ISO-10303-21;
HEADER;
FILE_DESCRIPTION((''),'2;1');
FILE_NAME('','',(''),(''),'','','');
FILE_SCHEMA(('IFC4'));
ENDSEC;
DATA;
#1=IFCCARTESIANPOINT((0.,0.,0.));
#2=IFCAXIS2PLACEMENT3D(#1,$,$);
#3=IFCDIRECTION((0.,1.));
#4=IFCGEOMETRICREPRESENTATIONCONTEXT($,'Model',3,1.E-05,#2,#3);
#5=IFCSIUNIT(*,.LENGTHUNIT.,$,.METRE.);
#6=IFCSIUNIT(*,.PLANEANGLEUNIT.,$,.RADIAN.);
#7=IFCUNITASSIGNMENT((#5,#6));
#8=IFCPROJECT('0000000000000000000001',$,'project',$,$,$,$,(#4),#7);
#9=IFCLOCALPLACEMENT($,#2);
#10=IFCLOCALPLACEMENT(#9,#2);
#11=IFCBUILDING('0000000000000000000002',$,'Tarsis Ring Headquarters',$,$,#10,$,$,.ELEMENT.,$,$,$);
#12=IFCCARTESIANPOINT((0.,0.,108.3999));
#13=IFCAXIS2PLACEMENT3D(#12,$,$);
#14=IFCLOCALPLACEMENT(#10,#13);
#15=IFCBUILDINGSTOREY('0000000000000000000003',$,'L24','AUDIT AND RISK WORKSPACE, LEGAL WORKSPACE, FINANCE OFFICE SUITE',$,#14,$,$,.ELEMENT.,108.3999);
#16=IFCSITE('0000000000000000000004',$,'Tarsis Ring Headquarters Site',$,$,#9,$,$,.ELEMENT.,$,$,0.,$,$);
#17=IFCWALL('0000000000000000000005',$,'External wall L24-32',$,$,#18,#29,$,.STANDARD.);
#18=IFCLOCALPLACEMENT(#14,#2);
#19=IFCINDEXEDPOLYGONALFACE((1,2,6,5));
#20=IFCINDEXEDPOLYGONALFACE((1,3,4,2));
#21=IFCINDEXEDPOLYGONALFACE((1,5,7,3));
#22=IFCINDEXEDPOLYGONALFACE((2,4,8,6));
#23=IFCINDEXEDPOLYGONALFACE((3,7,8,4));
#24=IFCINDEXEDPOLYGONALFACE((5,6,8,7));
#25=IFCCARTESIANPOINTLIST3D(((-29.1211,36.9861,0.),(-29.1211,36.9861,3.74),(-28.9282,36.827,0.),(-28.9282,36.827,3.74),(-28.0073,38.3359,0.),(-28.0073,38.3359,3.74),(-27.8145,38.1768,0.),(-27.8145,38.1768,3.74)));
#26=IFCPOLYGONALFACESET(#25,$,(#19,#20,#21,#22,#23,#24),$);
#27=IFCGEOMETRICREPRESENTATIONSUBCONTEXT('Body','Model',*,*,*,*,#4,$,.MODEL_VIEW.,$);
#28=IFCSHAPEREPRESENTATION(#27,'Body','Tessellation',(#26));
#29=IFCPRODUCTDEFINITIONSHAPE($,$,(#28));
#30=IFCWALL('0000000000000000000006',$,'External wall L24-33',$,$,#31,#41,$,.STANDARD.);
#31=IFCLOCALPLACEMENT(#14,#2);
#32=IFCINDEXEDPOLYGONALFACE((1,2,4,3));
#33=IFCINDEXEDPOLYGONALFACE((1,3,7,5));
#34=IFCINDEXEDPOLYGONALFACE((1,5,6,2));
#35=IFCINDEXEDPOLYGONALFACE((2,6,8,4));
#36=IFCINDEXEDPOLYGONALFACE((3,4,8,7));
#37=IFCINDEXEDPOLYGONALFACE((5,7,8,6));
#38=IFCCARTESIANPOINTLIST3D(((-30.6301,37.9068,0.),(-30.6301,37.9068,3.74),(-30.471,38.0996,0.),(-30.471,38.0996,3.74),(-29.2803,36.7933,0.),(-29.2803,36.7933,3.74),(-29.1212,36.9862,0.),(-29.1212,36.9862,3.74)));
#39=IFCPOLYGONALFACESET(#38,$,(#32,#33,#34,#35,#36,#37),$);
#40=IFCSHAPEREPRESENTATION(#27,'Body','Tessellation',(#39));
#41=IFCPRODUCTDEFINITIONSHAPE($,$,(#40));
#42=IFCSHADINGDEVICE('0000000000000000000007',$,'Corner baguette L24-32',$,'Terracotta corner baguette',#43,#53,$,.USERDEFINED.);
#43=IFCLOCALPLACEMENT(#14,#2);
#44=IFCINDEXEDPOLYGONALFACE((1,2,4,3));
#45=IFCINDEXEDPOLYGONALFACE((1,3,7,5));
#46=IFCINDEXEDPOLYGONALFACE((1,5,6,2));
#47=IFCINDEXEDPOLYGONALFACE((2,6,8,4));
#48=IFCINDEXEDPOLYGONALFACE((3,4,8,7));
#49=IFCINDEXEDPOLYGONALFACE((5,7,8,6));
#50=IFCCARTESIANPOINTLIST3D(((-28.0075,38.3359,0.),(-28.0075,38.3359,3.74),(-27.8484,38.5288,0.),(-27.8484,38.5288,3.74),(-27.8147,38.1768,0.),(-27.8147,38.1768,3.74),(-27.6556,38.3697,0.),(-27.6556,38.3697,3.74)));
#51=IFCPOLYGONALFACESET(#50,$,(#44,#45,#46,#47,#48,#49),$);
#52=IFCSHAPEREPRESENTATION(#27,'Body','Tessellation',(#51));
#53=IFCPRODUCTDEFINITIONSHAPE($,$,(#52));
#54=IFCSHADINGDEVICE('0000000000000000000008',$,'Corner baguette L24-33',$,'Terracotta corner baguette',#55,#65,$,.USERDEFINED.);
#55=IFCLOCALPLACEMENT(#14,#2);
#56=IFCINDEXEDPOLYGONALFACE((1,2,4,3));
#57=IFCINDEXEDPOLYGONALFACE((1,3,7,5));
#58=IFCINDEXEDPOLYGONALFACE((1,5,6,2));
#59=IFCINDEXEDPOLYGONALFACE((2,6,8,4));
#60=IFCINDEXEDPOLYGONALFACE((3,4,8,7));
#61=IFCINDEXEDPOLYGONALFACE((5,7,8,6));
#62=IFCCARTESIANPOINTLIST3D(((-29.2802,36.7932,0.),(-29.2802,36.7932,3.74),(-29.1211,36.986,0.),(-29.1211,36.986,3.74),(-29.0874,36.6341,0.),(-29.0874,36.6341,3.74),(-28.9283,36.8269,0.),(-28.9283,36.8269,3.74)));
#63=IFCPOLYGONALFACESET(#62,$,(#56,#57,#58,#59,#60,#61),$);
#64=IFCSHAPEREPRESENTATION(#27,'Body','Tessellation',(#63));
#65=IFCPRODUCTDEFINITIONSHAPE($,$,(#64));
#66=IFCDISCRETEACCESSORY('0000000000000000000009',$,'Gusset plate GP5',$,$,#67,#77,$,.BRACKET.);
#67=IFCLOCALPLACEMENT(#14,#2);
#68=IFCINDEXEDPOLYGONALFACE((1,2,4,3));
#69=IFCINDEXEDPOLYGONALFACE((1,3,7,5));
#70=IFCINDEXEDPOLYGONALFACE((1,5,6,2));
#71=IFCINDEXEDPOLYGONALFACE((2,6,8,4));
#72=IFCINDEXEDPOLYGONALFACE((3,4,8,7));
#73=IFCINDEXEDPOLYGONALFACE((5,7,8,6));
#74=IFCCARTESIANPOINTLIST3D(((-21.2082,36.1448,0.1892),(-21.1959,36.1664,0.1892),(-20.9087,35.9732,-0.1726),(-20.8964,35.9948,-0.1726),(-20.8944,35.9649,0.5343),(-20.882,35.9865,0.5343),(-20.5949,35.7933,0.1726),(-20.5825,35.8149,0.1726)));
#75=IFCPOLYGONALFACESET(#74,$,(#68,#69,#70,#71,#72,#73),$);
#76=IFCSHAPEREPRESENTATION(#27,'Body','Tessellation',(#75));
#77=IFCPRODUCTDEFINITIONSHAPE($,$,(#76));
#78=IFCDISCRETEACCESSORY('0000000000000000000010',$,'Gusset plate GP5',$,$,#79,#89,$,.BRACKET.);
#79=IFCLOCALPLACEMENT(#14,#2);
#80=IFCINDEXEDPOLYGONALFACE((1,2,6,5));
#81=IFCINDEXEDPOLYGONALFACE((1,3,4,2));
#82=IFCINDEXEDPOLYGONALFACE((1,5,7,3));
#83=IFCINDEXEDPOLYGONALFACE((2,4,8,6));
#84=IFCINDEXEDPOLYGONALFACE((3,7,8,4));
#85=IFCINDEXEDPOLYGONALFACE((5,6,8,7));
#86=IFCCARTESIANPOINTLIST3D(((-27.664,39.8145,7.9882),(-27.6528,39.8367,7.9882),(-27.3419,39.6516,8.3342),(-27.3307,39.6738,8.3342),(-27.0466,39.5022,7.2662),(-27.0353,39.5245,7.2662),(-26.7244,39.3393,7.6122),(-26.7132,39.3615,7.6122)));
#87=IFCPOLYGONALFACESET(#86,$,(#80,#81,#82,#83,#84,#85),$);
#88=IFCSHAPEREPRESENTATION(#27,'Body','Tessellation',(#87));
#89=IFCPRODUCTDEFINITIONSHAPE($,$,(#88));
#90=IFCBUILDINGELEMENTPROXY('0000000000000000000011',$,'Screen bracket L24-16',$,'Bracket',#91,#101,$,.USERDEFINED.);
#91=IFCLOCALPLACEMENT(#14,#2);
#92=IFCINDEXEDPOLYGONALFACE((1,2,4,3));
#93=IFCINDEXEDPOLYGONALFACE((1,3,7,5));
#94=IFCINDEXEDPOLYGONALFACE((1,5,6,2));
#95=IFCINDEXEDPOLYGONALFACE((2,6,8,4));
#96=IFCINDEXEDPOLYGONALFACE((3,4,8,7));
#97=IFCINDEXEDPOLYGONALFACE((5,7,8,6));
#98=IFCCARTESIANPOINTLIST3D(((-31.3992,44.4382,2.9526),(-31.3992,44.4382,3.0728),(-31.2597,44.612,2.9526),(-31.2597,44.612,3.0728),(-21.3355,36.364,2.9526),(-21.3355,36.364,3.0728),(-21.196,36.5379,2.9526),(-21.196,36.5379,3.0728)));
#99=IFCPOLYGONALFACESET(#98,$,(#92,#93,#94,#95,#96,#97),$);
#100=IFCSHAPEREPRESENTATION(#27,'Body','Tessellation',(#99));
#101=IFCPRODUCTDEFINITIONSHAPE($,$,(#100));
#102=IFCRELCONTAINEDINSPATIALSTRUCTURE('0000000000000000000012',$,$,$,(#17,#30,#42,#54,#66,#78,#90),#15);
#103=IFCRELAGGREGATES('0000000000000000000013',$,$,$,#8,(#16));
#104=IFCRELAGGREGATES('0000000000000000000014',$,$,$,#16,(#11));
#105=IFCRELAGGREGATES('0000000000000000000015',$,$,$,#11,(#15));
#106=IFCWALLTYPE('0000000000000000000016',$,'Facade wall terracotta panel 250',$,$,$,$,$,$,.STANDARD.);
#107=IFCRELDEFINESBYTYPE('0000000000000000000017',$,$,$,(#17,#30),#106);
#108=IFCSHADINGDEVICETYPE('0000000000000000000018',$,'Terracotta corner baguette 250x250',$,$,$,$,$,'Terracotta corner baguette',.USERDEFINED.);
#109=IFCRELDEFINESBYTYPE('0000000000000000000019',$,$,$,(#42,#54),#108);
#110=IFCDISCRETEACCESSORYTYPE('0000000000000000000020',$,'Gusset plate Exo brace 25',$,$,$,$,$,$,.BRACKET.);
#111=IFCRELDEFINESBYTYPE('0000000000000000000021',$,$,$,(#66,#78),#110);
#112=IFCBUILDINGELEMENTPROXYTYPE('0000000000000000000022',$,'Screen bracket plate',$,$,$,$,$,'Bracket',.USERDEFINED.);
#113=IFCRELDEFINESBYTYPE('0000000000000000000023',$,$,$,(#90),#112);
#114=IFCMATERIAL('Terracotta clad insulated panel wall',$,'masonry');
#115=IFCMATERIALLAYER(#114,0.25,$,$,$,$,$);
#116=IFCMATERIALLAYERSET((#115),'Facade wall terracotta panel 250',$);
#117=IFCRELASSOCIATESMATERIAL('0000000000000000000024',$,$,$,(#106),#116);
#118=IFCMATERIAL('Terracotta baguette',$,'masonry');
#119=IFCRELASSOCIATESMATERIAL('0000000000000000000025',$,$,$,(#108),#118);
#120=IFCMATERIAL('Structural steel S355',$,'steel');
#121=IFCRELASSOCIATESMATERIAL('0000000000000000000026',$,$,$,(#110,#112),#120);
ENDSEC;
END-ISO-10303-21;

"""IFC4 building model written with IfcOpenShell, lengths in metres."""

from ifc_helpers import new_model, si_unit, direction, frame, frame_2d, origin, origin_2d, place, context, subcontext, project, spatial, rectangle, extrude, material, layer, layer_set, material_profile, profile_set, type_object, element, save


model = new_model("IFC4")

# Units and contexts
model_context = context("Model", 3, precision=1e-05, world=origin(), true_north=direction((0.0, 1.0)))
body_context = subcontext(model_context, "Body", "Model", "MODEL_VIEW")
ifc_project = project(units=[si_unit("LENGTHUNIT", "METRE"), si_unit("PLANEANGLEUNIT", "RADIAN")], contexts=[model_context])

# Site, building, storey
site_placement = place(None, origin())
site = spatial("IfcSite", under=ifc_project, at=site_placement, Name="Tarsis Ring Headquarters Site", CompositionType="ELEMENT", RefElevation=0.0)
building_placement = place(site_placement, origin())
building = spatial("IfcBuilding", under=site, at=building_placement, Name="Tarsis Ring Headquarters", CompositionType="ELEMENT")
storey_placement = place(building_placement, frame((0.0, 0.0, 108.3999)))
storey = spatial("IfcBuildingStorey", under=building, at=storey_placement, Name="L24", Description="AUDIT AND RISK WORKSPACE, LEGAL WORKSPACE, FINANCE OFFICE SUITE", CompositionType="ELEMENT", Elevation=108.3999)

# Shared definitions
ifc_material_1 = material(Name="Structural steel S355", Category="steel")

# Walls
ifc_material_2 = material(Name="Terracotta clad insulated panel wall", Category="masonry")
ifc_layer_1 = layer(ifc_material_2, 0.25)
ifc_layer_set_1 = layer_set([ifc_layer_1], Name="Facade wall terracotta panel 250")
wall_type_1 = type_object("IfcWallType", Name="Facade wall terracotta panel 250", PredefinedType="STANDARD", material=ifc_layer_set_1)
wall_1_placement = place(storey_placement, frame((-27.9109, 38.2563, 0.0), z_axis=(0.0, 0.0, 1.0), x_axis=(-0.636431, -0.771334, 0.0)))
element("IfcWall", 1, at=wall_1_placement, inside=storey, type_object=wall_type_1, Name="External wall L24-32", PredefinedType="STANDARD", context=body_context, shape_type="SweptSolid", body=[
    extrude(rectangle(XDim=1.75, YDim=0.25, at=frame_2d((0.875, 0.0))), origin(), (0.0, 0.0, 1.0), 3.74),
])
wall_2_placement = place(storey_placement, frame((-29.2007, 36.8896, 0.0), z_axis=(0.0, 0.0, 1.0), x_axis=(-0.771402, 0.636348, 0.0)))
element("IfcWall", 2, at=wall_2_placement, inside=storey, type_object=wall_type_1, Name="External wall L24-33", PredefinedType="STANDARD", context=body_context, shape_type="SweptSolid", body=[
    extrude(rectangle(XDim=1.7498, YDim=0.25, at=frame_2d((0.875, 0.0))), origin(), (0.0, 0.0, 1.0), 3.74),
])

# Shading devices
ifc_material_3 = material(Name="Terracotta baguette", Category="masonry")
shading_device_type_1 = type_object("IfcShadingDeviceType", Name="Terracotta corner baguette 250x250", ElementType="Terracotta corner baguette", PredefinedType="USERDEFINED", material=ifc_material_3)
for number, where, z_axis, x_axis, name in (
    (3, (-27.8315, 38.3528, 0.0), (0.0, 0.0, 1.0), (-0.771403, 0.636348, 0.0), "Corner baguette L24-32"),
    (4, (-29.1042, 36.8101, 0.0), (0.0, 0.0, 1.0), (-0.636347, -0.771403, 0.0), "Corner baguette L24-33"),
):
    element("IfcShadingDevice", number, at=place(storey_placement, frame(where, z_axis=z_axis, x_axis=x_axis)), inside=storey, type_object=shading_device_type_1, Name=name, ObjectType="Terracotta corner baguette", PredefinedType="USERDEFINED", context=body_context, shape_type="SweptSolid", body=[
        extrude(rectangle(XDim=0.25, YDim=0.25, at=origin_2d()), origin(), (0.0, 0.0, 1.0), 3.74),
    ])

# Discrete accessories
ifc_material_profile_1 = material_profile(ifc_material_1, rectangle(XDim=0.0249, YDim=0.5, at=origin_2d()), Name="PL 25x500")
ifc_profile_set_1 = profile_set([ifc_material_profile_1], Name="Structural steel S355")
discrete_accessory_type = type_object("IfcDiscreteAccessoryType", Name="Gusset plate Exo brace 25", PredefinedType="BRACKET", material=ifc_profile_set_1)
discrete_accessory_1_placement = place(storey_placement, frame((-20.7456, 35.894, 0.0), z_axis=(-0.598996, 0.34319, 0.723481), x_axis=(-0.497129, -0.867677, 0.0)))
element("IfcDiscreteAccessory", 5, at=discrete_accessory_1_placement, inside=storey, type_object=discrete_accessory_type, Name="Gusset plate GP5", PredefinedType="BRACKET", context=body_context, shape_type="SweptSolid", body=[
    extrude(rectangle(XDim=0.0249, YDim=0.5, at=origin_2d()), origin(), (0.0, 0.0, 1.0), 0.5),
])
discrete_accessory_2_placement = place(storey_placement, frame((-26.8799, 39.4319, 7.4392), z_axis=(-0.617463, 0.312272, 0.72196), x_axis=(-0.451302, -0.892371, 0.0)))
element("IfcDiscreteAccessory", 6, at=discrete_accessory_2_placement, inside=storey, type_object=discrete_accessory_type, Name="Gusset plate GP5", PredefinedType="BRACKET", context=body_context, shape_type="SweptSolid", body=[
    extrude(rectangle(XDim=0.0249, YDim=0.5, at=origin_2d()), origin(), (0.0, 0.0, 1.0), 1.0),
])

# Building element proxy
building_element_proxy_type = type_object("IfcBuildingElementProxyType", Name="Screen bracket plate", ElementType="Bracket", PredefinedType="USERDEFINED", material=ifc_material_1)
proxy_placement = place(storey_placement, frame((-26.2976, 40.488, 2.9526), z_axis=(0.0, 0.0, 1.0), x_axis=(-0.779994, 0.625787, 0.0)))
element("IfcBuildingElementProxy", 7, at=proxy_placement, inside=storey, type_object=building_element_proxy_type, Name="Screen bracket L24-16", ObjectType="Bracket", PredefinedType="USERDEFINED", context=body_context, shape_type="SweptSolid", body=[
    extrude(rectangle(XDim=12.9023, YDim=0.2229, at=origin_2d()), origin(), (0.0, 0.0, 1.0), 0.1201),
])

save(model, "model.ifc")
